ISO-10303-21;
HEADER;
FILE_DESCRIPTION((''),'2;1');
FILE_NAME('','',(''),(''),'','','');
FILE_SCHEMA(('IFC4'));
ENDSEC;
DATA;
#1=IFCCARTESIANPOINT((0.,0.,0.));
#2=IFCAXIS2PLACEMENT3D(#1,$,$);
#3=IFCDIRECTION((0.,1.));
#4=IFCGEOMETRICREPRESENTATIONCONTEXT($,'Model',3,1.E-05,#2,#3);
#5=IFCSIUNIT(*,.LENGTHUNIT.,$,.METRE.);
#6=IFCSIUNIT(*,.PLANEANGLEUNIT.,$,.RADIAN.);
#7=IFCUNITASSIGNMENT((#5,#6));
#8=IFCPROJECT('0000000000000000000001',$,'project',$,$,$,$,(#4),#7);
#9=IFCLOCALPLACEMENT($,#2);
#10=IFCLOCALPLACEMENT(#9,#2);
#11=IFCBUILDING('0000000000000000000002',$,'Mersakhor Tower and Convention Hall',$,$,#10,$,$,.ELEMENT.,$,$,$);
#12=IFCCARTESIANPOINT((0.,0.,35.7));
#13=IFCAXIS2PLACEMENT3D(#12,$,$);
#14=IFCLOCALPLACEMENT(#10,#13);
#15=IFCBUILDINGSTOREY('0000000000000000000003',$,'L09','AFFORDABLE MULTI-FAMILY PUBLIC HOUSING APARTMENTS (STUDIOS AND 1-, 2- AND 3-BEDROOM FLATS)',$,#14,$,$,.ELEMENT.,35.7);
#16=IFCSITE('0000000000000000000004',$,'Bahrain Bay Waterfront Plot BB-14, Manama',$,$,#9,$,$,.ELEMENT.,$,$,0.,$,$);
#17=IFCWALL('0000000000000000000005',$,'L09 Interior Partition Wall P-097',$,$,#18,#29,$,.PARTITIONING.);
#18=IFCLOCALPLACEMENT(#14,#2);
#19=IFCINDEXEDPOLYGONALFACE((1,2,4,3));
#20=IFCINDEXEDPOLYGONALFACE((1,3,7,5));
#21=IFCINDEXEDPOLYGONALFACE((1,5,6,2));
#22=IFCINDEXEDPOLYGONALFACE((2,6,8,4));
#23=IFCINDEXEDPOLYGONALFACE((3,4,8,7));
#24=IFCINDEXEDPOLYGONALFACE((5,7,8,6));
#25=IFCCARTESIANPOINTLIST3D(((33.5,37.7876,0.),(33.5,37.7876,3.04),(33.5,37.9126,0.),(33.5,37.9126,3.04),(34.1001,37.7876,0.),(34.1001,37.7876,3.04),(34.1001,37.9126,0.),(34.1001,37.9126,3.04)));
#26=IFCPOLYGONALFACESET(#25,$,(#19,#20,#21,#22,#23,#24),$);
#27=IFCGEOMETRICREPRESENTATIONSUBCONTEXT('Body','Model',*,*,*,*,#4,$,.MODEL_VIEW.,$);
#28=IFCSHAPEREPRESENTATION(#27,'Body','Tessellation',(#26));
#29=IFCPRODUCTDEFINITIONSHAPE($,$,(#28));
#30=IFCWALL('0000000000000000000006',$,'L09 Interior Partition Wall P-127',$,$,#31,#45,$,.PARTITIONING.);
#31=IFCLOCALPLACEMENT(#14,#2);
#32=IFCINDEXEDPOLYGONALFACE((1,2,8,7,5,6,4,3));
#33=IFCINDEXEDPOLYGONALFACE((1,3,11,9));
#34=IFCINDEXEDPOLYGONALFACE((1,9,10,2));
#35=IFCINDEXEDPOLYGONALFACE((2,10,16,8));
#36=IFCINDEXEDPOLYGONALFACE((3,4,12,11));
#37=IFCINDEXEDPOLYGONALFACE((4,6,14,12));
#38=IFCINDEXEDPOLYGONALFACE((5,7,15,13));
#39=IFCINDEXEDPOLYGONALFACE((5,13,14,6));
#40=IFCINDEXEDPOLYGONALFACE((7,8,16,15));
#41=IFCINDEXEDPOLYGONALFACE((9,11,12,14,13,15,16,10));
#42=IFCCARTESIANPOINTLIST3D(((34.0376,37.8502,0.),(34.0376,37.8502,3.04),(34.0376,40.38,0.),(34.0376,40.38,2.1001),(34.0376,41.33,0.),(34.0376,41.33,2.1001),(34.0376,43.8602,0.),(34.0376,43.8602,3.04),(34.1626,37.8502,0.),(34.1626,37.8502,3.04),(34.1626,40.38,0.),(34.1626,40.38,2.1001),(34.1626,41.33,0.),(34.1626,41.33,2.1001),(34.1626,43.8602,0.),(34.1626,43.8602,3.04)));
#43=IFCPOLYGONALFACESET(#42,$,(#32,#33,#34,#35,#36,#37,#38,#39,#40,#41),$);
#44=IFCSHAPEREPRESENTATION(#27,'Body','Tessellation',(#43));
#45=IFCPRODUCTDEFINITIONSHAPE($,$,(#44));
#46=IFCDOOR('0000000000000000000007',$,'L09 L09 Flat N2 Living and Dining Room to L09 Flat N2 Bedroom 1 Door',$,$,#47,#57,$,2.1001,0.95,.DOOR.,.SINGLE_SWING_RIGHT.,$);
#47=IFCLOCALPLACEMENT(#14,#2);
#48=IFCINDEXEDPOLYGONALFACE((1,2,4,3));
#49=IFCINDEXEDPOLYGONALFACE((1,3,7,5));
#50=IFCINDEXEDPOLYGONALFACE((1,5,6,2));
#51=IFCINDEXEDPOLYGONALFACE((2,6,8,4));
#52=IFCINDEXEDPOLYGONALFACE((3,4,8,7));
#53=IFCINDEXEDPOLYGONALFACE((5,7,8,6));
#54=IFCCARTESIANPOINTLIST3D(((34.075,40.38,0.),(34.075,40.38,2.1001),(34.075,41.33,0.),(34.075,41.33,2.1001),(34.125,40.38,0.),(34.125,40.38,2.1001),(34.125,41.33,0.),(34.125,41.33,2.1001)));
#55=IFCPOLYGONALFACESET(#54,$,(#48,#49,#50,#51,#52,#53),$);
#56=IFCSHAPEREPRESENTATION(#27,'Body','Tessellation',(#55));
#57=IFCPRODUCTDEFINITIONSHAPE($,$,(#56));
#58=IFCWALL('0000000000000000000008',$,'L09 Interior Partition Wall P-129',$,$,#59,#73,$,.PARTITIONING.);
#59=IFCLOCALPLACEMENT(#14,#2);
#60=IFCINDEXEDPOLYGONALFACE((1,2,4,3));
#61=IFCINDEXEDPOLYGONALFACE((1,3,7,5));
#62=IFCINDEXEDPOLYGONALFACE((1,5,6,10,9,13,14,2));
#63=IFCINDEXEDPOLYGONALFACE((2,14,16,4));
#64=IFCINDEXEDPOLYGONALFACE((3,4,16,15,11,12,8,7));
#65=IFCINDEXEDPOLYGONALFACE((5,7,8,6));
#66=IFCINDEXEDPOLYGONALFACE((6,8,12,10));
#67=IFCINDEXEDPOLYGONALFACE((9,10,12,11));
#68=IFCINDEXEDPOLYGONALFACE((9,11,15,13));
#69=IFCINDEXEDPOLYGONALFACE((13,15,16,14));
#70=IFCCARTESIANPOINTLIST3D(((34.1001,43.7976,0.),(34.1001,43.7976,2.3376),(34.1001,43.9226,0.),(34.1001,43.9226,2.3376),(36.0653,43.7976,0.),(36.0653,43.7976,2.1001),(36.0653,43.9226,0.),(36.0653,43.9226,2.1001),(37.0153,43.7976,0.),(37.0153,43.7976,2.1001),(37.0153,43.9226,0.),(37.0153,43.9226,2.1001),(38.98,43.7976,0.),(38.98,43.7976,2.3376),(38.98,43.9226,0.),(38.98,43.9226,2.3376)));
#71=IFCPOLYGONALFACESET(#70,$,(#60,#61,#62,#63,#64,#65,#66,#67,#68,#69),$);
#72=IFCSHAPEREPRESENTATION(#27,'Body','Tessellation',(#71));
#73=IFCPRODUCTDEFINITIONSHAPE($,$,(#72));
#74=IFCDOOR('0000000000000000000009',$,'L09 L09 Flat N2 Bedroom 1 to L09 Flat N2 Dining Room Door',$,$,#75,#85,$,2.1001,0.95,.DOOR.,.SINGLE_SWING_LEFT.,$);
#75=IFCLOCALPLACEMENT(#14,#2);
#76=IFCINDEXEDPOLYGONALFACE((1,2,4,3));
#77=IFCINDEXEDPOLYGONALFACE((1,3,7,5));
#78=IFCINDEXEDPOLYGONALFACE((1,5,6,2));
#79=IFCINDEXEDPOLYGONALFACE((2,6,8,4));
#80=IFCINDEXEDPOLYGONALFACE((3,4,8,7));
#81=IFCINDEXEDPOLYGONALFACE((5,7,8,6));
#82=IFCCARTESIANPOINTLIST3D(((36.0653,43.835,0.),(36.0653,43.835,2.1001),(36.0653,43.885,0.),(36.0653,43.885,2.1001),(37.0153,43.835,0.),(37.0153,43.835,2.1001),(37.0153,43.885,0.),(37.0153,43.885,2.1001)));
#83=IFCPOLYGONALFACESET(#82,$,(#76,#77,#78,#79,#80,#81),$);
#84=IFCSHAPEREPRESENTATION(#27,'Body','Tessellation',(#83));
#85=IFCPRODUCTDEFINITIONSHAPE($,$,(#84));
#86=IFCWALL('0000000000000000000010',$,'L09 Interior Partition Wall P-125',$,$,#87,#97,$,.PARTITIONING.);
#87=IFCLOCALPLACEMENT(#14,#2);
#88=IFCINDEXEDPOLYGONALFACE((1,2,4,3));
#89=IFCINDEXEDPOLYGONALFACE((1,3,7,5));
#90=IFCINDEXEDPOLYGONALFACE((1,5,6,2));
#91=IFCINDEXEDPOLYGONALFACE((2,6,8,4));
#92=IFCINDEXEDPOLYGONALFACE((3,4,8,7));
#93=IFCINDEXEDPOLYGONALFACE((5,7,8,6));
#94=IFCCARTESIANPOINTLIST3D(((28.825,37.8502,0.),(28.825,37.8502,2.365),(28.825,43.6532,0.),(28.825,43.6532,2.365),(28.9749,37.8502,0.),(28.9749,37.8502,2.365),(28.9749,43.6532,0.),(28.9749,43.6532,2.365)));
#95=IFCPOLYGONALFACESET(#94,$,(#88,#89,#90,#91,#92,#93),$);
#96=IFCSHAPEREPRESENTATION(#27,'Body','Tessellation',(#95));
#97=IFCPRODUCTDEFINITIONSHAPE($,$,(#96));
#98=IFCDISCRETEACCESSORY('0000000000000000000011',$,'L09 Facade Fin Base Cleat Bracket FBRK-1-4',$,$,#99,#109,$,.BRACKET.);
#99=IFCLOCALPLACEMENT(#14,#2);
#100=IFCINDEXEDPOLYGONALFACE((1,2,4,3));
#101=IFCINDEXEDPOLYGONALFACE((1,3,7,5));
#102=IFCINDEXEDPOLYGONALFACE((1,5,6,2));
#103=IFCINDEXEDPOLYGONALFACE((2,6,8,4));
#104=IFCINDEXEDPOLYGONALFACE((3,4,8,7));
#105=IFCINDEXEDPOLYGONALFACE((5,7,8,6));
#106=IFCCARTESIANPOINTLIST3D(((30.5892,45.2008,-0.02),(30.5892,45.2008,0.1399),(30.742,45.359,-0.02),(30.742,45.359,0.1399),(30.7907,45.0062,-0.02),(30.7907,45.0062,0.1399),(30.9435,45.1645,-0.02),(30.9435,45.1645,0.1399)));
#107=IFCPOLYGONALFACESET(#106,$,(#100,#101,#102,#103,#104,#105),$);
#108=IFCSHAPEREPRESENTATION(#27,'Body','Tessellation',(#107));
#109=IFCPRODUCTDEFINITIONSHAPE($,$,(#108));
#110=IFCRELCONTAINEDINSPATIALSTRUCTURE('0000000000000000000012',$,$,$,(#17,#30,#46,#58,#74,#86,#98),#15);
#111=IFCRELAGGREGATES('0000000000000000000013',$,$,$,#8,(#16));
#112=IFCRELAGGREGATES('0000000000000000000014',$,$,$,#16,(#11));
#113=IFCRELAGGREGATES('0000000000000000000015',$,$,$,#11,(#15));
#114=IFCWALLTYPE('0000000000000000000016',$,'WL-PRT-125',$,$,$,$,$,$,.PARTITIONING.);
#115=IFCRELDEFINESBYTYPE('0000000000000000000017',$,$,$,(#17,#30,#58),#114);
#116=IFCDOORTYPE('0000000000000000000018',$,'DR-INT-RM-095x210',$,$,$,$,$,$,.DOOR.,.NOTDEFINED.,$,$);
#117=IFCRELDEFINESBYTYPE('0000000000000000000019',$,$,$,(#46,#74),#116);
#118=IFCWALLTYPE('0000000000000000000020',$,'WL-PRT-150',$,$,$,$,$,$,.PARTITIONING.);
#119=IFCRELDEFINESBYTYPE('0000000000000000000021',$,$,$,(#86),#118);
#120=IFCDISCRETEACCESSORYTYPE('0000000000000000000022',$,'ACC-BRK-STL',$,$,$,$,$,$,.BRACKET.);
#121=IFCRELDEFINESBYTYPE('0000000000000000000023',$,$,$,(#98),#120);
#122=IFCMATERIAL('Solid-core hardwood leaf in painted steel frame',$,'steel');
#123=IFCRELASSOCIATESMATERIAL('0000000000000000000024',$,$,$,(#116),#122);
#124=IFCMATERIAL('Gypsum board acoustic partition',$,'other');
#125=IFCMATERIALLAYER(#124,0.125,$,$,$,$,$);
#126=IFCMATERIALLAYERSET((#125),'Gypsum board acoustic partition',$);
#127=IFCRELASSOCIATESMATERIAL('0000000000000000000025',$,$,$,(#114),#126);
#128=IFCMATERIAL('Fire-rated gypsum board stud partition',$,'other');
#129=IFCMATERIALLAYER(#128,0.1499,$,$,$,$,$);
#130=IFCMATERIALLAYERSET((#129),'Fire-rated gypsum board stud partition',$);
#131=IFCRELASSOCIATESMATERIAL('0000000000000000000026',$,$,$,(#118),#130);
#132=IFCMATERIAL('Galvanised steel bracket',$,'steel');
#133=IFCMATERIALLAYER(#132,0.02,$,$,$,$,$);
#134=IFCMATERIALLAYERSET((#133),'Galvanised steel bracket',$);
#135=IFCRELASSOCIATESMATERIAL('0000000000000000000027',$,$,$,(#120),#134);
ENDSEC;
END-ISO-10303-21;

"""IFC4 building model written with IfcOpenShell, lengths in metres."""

from ifc_helpers import new_model, si_unit, direction, frame, frame_2d, origin, origin_2d, place, context, subcontext, project, spatial, rectangle, extrude, material, layer, layer_set, type_object, element, fill, save


model = new_model("IFC4")

# Units and contexts
model_context = context("Model", 3, precision=1e-05, world=origin(), true_north=direction((0.0, 1.0)))
body_context = subcontext(model_context, "Body", "Model", "MODEL_VIEW")
ifc_project = project(units=[si_unit("LENGTHUNIT", "METRE"), si_unit("PLANEANGLEUNIT", "RADIAN")], contexts=[model_context])

# Site, building, storey
site_placement = place(None, origin())
site = spatial("IfcSite", under=ifc_project, at=site_placement, Name="Bahrain Bay Waterfront Plot BB-14, Manama", CompositionType="ELEMENT", RefElevation=0.0)
building_placement = place(site_placement, origin())
building = spatial("IfcBuilding", under=site, at=building_placement, Name="Mersakhor Tower and Convention Hall", CompositionType="ELEMENT")
storey_placement = place(building_placement, frame((0.0, 0.0, 35.7)))
storey = spatial("IfcBuildingStorey", under=building, at=storey_placement, Name="L09", Description="AFFORDABLE MULTI-FAMILY PUBLIC HOUSING APARTMENTS (STUDIOS AND 1-, 2- AND 3-BEDROOM FLATS)", CompositionType="ELEMENT", Elevation=35.7)

# Shared definitions
ifc_material_1 = material(Name="Solid-core hardwood leaf in painted steel frame", Category="steel")
door_type = type_object("IfcDoorType", Name="DR-INT-RM-095x210", OperationType="NOTDEFINED", PredefinedType="DOOR", material=ifc_material_1)
ifc_material_2 = material(Name="Gypsum board acoustic partition", Category="other")
ifc_layer_1 = layer(ifc_material_2, 0.125)
ifc_layer_set_1 = layer_set([ifc_layer_1], Name="Gypsum board acoustic partition")
wall_type_1 = type_object("IfcWallType", Name="WL-PRT-125", PredefinedType="PARTITIONING", material=ifc_layer_set_1)

# Wall
wall_1_placement = place(storey_placement, frame((33.5, 37.8501, 0.0), z_axis=(0.0, 0.0, 1.0), x_axis=(1.0, 0.0, 0.0)))
element("IfcWall", 1, at=wall_1_placement, inside=storey, type_object=wall_type_1, Name="L09 Interior Partition Wall P-097", PredefinedType="PARTITIONING", context=body_context, shape_type="SweptSolid", body=[
    extrude(rectangle(XDim=0.6001, YDim=0.125, at=frame_2d((0.3, 0.0))), origin(), (0.0, 0.0, 1.0), 3.04),
])

# Walls, openings, doors
wall_2_placement = place(storey_placement, frame((34.1001, 43.8601, 0.0), z_axis=(0.0, 0.0, 1.0), x_axis=(0.0, -1.0, 0.0)))
wall_2 = element("IfcWall", 2, at=wall_2_placement, inside=storey, type_object=wall_type_1, Name="L09 Interior Partition Wall P-127", PredefinedType="PARTITIONING", context=body_context, shape_type="SweptSolid", body=[
    extrude(rectangle(XDim=6.01, YDim=0.125, at=frame_2d((3.0049, 0.0))), origin(), (0.0, 0.0, 1.0), 3.04),
])
opening_1_placement = place(wall_2_placement, frame((2.53, 0.0, 0.0)))
opening_1 = element("IfcOpeningElement", 3, at=opening_1_placement, cuts=wall_2, PredefinedType="OPENING", context=body_context, shape_type="SweptSolid", body=[
    extrude(rectangle(XDim=0.95, YDim=2.1001, at=frame_2d((0.4751, 1.05))), frame((0.0, 0.0725, 0.0), z_axis=(0.0, -1.0, 0.0), x_axis=(1.0, 0.0, 0.0)), (0.0, 0.0, 1.0), 0.145),
])
door_1_placement = place(opening_1_placement, origin())
door_1 = element("IfcDoor", 4, at=door_1_placement, inside=storey, type_object=door_type, Name="L09 L09 Flat N2 Living and Dining Room to L09 Flat N2 Bedroom 1 Door", OperationType="SINGLE_SWING_RIGHT", OverallHeight=2.1001, OverallWidth=0.95, PredefinedType="DOOR", context=body_context, shape_type="SweptSolid", body=[
    extrude(rectangle(XDim=0.95, YDim=2.1001, at=frame_2d((0.4751, 1.05))), frame((0.0, 0.0249, 0.0), z_axis=(0.0, -1.0, 0.0), x_axis=(1.0, 0.0, 0.0)), (0.0, 0.0, 1.0), 0.05),
])
fill(opening_1, door_1)
wall_3_placement = place(storey_placement, frame((34.1001, 43.8601, 0.0), z_axis=(0.0, 0.0, 1.0), x_axis=(1.0, 0.0, 0.0)))
wall_3 = element("IfcWall", 5, at=wall_3_placement, inside=storey, type_object=wall_type_1, Name="L09 Interior Partition Wall P-129", PredefinedType="PARTITIONING", context=body_context, shape_type="SweptSolid", body=[
    extrude(rectangle(XDim=4.8799, YDim=0.125, at=frame_2d((2.4399, 0.0))), origin(), (0.0, 0.0, 1.0), 2.3376),
])
opening_2_placement = place(wall_3_placement, frame((1.9651, 0.0, 0.0)))
opening_2 = element("IfcOpeningElement", 6, at=opening_2_placement, cuts=wall_3, PredefinedType="OPENING", context=body_context, shape_type="SweptSolid", body=[
    extrude(rectangle(XDim=0.95, YDim=2.1001, at=frame_2d((0.4751, 1.05))), frame((0.0, 0.0725, 0.0), z_axis=(0.0, -1.0, 0.0), x_axis=(1.0, 0.0, 0.0)), (0.0, 0.0, 1.0), 0.145),
])
door_2_placement = place(opening_2_placement, origin())
door_2 = element("IfcDoor", 7, at=door_2_placement, inside=storey, type_object=door_type, Name="L09 L09 Flat N2 Bedroom 1 to L09 Flat N2 Dining Room Door", OperationType="SINGLE_SWING_LEFT", OverallHeight=2.1001, OverallWidth=0.95, PredefinedType="DOOR", context=body_context, shape_type="SweptSolid", body=[
    extrude(rectangle(XDim=0.95, YDim=2.1001, at=frame_2d((0.4751, 1.05))), frame((0.0, 0.0249, 0.0), z_axis=(0.0, -1.0, 0.0), x_axis=(1.0, 0.0, 0.0)), (0.0, 0.0, 1.0), 0.05),
])
fill(opening_2, door_2)

# Wall
ifc_material_3 = material(Name="Fire-rated gypsum board stud partition", Category="other")
ifc_layer_2 = layer(ifc_material_3, 0.1499)
ifc_layer_set_2 = layer_set([ifc_layer_2], Name="Fire-rated gypsum board stud partition")
wall_type_2 = type_object("IfcWallType", Name="WL-PRT-150", PredefinedType="PARTITIONING", material=ifc_layer_set_2)
wall_4_placement = place(storey_placement, frame((28.8999, 43.6531, 0.0), z_axis=(0.0, 0.0, 1.0), x_axis=(0.0, -1.0, 0.0)))
element("IfcWall", 8, at=wall_4_placement, inside=storey, type_object=wall_type_2, Name="L09 Interior Partition Wall P-125", PredefinedType="PARTITIONING", context=body_context, shape_type="SweptSolid", body=[
    extrude(rectangle(XDim=5.803, YDim=0.1499, at=frame_2d((2.9014, 0.0))), origin(), (0.0, 0.0, 1.0), 2.365),
])

# Discrete accessory
ifc_material_4 = material(Name="Galvanised steel bracket", Category="steel")
ifc_layer_3 = layer(ifc_material_4, 0.02)
ifc_layer_set_3 = layer_set([ifc_layer_3], Name="Galvanised steel bracket")
discrete_accessory_type = type_object("IfcDiscreteAccessoryType", Name="ACC-BRK-STL", PredefinedType="BRACKET", material=ifc_layer_set_3)
discrete_accessory_placement = place(storey_placement, frame((30.7664, 45.1826, -0.02), z_axis=(0.0, 0.0, 1.0), x_axis=(-0.71934, 0.694658, 0.0)))
element("IfcDiscreteAccessory", 9, at=discrete_accessory_placement, inside=storey, type_object=discrete_accessory_type, Name="L09 Facade Fin Base Cleat Bracket FBRK-1-4", PredefinedType="BRACKET", context=body_context, shape_type="SweptSolid", body=[
    extrude(rectangle(XDim=0.28, YDim=0.22, at=origin_2d()), origin(), (0.0, 0.0, 1.0), 0.1599),
])

save(model, "model.ifc")
